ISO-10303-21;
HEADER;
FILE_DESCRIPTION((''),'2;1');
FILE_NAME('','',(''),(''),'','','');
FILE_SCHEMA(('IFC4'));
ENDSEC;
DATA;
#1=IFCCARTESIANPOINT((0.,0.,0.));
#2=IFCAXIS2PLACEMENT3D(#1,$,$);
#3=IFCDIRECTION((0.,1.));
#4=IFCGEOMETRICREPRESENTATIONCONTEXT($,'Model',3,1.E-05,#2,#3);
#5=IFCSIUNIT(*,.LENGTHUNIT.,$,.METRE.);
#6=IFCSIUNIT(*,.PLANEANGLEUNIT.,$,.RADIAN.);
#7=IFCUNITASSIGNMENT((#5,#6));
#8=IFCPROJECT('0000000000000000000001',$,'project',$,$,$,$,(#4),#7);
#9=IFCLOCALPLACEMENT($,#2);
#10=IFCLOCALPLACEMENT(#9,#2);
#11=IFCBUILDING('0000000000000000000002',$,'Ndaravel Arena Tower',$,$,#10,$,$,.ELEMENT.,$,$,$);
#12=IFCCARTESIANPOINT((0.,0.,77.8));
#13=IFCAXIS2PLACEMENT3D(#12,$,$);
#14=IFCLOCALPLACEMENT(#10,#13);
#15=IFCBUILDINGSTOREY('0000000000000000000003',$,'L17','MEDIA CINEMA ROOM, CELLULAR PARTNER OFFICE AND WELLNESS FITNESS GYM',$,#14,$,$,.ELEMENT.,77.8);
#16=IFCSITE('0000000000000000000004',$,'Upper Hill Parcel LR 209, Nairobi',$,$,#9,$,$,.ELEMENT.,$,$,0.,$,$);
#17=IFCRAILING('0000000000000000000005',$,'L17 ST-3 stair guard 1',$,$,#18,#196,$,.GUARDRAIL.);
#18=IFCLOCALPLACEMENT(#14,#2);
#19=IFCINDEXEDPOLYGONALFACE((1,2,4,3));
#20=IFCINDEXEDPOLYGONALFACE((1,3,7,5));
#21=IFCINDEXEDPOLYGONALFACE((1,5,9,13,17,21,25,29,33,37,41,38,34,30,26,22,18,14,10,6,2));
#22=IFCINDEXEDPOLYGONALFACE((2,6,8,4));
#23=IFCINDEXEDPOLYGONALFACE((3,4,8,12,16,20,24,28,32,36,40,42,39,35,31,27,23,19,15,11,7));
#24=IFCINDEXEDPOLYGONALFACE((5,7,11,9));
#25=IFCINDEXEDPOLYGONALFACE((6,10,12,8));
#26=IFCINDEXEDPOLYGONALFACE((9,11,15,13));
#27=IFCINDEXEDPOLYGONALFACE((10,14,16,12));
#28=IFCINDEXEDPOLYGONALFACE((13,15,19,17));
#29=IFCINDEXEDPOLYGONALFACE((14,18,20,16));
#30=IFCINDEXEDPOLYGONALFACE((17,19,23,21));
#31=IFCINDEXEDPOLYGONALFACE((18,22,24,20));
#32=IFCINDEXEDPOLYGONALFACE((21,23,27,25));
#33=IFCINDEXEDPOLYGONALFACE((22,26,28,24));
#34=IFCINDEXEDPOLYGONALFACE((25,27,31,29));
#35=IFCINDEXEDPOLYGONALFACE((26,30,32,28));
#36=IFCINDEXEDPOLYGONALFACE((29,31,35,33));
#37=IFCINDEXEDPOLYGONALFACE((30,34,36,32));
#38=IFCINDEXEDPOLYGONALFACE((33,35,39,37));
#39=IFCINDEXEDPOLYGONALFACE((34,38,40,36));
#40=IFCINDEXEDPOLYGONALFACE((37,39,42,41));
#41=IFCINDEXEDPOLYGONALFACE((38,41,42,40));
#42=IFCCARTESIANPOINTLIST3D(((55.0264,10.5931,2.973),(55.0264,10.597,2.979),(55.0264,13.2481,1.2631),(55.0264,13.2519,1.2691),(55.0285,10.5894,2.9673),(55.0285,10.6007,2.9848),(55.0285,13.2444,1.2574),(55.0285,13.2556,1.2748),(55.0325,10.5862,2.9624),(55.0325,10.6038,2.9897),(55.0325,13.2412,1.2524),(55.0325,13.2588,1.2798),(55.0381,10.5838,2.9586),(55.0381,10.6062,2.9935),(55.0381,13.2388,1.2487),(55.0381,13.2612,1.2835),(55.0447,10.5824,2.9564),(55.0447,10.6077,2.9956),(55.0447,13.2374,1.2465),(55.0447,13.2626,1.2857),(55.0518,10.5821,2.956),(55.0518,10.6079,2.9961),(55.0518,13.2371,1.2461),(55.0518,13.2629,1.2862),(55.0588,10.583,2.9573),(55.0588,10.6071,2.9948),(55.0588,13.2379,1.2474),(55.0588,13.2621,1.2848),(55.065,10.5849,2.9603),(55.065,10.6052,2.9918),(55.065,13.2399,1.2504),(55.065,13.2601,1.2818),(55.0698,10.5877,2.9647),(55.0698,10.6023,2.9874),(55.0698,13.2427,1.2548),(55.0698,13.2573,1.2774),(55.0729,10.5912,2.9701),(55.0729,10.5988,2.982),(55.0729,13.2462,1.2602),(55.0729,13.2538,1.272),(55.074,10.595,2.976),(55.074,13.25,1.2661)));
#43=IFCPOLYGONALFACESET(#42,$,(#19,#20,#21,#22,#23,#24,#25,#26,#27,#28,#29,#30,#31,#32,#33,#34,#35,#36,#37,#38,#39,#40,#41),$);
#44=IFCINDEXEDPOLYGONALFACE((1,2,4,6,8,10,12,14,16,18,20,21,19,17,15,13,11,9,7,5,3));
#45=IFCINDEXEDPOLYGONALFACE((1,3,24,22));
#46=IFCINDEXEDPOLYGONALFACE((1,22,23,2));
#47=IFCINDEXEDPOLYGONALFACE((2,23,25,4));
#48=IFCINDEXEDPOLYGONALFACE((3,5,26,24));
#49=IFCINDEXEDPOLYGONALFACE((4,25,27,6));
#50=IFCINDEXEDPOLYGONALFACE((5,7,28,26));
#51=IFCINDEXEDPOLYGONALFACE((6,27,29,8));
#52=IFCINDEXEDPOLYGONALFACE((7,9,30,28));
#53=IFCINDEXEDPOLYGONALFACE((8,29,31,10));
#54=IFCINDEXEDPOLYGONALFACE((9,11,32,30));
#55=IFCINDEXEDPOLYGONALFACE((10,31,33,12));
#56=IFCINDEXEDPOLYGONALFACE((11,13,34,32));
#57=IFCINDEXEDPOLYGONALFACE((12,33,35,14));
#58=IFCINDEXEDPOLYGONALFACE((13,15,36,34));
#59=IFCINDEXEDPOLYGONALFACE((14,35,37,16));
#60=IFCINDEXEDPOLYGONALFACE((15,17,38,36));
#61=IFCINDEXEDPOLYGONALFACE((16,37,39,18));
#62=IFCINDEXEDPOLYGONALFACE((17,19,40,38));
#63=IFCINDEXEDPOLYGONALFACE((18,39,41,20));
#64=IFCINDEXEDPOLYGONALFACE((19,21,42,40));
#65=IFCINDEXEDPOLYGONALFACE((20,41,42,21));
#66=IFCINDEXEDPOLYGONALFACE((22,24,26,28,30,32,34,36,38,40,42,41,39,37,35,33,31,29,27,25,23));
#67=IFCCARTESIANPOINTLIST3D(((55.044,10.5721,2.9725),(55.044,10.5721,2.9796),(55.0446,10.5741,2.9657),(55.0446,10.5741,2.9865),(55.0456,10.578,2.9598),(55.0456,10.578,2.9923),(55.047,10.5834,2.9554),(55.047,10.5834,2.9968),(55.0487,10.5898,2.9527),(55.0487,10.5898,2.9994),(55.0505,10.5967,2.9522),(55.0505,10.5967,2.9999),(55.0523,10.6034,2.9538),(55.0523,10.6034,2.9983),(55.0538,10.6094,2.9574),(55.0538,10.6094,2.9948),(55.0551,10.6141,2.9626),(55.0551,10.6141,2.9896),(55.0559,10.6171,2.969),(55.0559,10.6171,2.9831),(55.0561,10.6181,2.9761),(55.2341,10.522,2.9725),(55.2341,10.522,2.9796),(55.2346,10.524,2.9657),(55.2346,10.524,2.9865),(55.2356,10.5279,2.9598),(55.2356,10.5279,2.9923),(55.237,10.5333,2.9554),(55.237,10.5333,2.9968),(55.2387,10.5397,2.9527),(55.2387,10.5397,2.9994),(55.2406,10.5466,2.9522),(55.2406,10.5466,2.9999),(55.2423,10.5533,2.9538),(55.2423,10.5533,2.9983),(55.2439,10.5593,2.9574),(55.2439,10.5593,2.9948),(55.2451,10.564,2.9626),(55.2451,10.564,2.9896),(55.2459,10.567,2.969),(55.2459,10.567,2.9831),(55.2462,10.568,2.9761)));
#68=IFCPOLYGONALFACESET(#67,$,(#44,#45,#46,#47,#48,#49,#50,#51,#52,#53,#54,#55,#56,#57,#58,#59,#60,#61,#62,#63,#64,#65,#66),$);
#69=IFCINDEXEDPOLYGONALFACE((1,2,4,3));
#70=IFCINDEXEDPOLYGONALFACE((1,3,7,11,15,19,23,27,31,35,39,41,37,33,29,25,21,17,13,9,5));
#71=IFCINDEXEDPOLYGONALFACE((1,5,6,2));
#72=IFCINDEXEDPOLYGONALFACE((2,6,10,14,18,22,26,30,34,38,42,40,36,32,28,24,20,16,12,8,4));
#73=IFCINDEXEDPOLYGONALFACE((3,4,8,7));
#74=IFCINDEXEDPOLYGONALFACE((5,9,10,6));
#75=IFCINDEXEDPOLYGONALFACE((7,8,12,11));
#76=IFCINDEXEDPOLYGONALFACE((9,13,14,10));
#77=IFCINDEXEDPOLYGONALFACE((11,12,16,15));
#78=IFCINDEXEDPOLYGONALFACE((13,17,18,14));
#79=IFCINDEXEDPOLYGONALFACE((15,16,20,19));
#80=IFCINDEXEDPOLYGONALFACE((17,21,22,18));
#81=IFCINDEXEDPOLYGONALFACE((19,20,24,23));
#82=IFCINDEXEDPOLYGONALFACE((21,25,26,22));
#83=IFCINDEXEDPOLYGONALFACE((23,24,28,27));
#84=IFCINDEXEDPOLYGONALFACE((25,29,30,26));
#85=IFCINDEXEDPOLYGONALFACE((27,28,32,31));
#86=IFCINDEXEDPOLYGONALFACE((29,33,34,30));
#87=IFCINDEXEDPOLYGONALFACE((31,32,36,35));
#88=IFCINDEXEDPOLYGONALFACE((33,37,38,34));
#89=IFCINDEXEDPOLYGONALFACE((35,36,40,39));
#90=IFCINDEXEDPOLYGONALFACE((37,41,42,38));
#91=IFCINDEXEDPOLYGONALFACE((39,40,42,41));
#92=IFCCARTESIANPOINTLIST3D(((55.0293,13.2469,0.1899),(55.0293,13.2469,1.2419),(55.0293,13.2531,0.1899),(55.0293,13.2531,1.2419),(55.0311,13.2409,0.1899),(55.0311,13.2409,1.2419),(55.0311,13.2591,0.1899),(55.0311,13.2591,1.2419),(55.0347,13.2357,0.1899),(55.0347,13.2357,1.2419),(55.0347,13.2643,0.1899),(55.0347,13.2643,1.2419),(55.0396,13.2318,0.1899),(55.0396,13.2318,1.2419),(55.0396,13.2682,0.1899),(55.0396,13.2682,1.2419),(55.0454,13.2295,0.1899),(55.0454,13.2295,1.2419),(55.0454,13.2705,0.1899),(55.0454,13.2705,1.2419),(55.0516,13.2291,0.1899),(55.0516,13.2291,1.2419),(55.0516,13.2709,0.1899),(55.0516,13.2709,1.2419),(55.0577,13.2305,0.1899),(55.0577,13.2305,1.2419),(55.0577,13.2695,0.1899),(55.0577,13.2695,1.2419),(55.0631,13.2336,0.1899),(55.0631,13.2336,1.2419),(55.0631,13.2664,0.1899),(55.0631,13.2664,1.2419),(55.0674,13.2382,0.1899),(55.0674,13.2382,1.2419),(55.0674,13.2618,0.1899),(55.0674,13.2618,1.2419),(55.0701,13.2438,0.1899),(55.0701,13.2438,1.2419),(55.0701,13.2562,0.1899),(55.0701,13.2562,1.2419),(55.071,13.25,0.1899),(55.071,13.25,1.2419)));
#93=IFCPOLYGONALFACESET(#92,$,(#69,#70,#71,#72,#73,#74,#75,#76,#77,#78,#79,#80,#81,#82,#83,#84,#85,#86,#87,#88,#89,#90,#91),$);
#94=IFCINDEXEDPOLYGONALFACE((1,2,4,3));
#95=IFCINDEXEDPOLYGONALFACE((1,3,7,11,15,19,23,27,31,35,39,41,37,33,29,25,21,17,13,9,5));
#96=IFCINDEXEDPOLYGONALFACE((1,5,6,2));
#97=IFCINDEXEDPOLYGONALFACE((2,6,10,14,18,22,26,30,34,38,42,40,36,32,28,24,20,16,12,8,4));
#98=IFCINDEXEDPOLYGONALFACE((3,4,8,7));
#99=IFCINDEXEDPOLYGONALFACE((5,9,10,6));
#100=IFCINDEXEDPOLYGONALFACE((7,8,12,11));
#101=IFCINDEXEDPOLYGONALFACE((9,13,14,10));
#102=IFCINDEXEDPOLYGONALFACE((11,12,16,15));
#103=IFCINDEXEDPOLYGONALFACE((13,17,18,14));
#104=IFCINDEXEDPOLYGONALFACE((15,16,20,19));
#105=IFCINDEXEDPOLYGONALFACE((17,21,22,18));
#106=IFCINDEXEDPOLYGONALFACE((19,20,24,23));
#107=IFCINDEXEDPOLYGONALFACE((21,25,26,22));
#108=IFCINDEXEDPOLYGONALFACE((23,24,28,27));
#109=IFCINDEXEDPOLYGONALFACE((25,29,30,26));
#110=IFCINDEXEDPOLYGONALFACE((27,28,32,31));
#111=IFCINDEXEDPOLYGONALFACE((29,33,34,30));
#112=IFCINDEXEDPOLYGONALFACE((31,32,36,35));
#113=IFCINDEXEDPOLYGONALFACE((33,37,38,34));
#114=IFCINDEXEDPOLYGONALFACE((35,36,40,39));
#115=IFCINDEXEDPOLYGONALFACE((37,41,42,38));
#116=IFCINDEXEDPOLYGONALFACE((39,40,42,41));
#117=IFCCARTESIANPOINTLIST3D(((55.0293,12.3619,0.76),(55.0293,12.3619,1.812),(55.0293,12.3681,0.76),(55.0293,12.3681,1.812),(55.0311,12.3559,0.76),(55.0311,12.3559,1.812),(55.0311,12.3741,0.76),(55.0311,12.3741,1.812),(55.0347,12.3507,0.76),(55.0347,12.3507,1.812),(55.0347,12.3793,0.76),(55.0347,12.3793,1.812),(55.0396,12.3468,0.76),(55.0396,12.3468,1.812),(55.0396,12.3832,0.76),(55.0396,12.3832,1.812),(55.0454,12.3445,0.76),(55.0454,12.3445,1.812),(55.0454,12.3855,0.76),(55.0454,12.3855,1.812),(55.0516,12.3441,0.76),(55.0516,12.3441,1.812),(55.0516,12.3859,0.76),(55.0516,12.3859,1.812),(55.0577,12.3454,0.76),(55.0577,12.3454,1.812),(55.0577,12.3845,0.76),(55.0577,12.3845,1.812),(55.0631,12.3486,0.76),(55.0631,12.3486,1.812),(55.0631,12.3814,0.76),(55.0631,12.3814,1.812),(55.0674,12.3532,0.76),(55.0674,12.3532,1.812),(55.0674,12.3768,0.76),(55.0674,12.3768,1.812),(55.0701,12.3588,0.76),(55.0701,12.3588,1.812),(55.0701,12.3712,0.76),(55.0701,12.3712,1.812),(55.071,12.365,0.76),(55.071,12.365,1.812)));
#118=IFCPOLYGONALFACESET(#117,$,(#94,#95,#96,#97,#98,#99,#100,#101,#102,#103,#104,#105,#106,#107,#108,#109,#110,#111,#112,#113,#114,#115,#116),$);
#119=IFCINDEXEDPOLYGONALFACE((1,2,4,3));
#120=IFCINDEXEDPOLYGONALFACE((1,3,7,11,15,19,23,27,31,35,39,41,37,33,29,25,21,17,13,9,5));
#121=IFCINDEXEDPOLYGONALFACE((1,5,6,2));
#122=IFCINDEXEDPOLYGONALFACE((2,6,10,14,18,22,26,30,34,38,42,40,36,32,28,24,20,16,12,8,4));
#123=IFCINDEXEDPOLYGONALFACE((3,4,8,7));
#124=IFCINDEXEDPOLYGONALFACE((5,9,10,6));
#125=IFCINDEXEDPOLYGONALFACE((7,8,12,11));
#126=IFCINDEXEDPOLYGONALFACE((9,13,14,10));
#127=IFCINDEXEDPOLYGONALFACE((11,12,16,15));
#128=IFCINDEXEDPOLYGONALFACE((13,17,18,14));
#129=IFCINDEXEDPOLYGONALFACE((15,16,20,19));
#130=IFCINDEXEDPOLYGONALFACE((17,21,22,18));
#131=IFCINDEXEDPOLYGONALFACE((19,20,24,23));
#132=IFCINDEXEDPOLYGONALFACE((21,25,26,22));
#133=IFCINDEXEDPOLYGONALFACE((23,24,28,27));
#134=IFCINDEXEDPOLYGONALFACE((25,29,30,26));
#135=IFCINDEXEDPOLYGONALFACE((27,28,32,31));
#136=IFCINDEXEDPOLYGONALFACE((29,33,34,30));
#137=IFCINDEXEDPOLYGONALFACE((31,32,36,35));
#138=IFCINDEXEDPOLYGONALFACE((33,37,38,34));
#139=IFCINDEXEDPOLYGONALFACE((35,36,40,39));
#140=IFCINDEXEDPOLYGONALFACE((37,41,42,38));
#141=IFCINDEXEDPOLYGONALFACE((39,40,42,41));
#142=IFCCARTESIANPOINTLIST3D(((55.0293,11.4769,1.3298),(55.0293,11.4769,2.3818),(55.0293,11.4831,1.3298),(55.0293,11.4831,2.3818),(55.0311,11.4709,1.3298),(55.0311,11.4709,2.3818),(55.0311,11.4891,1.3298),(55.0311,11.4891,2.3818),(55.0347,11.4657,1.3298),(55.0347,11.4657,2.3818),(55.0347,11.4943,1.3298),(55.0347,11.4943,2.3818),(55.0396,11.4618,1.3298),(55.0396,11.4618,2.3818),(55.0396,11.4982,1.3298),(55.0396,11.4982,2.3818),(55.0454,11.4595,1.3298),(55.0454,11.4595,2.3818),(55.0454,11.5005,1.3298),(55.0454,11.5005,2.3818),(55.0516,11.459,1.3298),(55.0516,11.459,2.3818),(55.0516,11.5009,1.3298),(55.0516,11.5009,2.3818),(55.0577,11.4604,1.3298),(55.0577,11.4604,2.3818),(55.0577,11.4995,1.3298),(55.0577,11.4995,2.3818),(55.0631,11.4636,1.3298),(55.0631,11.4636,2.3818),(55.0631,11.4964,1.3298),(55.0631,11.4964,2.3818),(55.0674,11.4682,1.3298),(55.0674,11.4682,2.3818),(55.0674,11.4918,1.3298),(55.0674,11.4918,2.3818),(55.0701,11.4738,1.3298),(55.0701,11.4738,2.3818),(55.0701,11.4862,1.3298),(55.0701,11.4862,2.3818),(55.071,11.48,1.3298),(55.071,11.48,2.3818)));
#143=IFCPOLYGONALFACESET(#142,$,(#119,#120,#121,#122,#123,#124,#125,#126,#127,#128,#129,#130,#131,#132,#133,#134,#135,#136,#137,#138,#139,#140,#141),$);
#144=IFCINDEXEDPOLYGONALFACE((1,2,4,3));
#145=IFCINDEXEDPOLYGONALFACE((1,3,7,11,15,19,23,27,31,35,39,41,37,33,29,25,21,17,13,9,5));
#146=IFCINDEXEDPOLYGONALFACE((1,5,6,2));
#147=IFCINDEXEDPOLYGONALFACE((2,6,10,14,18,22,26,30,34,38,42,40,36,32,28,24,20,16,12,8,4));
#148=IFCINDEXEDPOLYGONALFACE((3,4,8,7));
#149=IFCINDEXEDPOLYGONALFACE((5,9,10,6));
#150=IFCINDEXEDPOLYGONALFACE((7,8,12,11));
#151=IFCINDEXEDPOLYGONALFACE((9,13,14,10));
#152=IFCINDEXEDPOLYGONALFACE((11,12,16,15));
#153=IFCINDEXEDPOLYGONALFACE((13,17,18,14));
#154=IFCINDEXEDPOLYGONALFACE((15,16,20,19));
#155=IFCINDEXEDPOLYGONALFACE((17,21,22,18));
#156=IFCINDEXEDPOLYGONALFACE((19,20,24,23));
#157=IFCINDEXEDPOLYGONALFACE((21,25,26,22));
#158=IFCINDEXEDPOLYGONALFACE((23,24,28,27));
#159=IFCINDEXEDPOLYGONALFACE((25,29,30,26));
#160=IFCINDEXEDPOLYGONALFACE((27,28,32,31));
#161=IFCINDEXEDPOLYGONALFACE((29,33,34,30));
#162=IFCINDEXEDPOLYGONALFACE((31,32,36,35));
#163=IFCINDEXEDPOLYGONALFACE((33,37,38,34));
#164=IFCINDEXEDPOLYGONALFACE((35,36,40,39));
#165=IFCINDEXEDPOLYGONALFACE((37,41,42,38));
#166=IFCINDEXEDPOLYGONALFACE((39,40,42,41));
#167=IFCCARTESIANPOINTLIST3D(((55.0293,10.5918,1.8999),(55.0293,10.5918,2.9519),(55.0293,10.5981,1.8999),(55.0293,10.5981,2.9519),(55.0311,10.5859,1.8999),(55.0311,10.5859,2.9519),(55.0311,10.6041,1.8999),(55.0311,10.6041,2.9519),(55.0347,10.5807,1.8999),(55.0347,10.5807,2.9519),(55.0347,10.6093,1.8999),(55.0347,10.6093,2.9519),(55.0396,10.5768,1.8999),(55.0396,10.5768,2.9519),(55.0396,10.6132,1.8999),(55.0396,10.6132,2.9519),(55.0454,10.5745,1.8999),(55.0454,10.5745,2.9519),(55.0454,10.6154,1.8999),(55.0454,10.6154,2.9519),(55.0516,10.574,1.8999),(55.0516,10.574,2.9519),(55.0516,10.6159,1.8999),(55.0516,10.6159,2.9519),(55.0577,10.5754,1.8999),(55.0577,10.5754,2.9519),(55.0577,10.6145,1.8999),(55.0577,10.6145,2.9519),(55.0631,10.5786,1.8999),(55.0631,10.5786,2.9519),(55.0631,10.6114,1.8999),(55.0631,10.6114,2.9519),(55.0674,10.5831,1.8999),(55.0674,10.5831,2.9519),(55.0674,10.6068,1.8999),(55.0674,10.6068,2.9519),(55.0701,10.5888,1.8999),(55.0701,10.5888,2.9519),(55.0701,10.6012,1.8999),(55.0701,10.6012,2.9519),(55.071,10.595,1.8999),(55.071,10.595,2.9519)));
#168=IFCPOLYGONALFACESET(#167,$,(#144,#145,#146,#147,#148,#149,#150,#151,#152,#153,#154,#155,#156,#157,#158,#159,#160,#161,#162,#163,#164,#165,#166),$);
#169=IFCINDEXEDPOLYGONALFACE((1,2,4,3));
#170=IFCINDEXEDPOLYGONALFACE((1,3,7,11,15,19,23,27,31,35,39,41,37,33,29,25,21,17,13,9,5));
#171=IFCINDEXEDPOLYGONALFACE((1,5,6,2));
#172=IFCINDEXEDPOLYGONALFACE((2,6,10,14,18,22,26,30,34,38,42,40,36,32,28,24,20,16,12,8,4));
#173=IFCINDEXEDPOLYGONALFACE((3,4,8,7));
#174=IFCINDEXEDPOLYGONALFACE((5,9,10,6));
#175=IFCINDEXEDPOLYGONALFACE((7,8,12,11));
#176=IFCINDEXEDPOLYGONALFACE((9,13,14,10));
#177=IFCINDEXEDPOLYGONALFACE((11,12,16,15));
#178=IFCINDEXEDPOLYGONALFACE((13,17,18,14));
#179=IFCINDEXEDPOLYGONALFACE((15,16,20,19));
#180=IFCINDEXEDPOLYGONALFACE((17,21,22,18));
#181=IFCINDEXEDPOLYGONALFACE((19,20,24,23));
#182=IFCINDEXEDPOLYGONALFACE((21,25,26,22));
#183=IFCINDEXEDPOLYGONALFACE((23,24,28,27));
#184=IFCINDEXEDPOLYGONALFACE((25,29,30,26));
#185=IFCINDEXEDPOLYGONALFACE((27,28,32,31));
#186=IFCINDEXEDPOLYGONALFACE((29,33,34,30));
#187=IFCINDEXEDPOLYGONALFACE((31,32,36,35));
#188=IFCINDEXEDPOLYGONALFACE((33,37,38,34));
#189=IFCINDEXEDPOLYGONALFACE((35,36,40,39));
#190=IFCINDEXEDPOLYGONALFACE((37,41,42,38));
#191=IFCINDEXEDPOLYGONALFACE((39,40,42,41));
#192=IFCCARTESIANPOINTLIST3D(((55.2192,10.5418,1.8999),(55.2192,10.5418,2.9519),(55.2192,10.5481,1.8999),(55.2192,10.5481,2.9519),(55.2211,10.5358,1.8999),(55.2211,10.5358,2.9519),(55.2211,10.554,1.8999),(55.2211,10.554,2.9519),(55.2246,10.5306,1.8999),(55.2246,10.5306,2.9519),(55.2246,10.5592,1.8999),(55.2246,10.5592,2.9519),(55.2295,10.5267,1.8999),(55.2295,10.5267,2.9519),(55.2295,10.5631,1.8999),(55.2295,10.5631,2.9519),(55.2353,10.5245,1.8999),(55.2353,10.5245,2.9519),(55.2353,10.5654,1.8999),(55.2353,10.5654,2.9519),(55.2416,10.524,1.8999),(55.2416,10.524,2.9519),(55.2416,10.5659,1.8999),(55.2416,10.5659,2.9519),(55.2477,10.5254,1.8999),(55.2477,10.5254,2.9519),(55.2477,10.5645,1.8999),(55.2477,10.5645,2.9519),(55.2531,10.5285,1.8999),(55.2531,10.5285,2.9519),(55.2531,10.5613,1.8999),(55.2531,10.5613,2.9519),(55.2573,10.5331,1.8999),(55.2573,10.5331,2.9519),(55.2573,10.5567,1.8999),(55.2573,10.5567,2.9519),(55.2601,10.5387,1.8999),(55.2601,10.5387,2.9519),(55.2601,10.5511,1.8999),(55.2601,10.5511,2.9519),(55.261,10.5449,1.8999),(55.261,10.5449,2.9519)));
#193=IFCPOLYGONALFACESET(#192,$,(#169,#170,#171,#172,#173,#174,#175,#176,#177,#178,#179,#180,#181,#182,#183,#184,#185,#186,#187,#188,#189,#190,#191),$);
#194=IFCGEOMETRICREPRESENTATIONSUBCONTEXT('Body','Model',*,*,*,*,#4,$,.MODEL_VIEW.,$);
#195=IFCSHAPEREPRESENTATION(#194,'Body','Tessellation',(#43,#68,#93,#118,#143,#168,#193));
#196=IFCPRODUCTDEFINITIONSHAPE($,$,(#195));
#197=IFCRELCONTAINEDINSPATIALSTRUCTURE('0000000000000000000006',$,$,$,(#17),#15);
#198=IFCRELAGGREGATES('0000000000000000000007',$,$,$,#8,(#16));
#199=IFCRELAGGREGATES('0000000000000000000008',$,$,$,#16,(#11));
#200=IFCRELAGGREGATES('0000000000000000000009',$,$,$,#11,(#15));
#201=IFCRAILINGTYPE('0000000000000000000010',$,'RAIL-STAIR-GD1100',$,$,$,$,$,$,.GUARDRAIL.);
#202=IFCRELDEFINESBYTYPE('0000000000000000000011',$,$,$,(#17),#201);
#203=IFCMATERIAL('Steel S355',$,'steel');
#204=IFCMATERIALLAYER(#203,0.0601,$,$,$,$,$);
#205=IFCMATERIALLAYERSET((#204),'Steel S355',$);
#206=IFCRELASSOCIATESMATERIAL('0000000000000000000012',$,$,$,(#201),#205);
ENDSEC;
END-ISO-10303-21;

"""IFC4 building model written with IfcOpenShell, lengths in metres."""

from ifc_helpers import new_model, si_unit, direction, frame, origin, origin_2d, place, context, subcontext, project, spatial, circle, extrude, material, layer, layer_set, type_object, element, save


model = new_model("IFC4")

# Units and contexts
model_context = context("Model", 3, precision=1e-05, world=origin(), true_north=direction((0.0, 1.0)))
body_context = subcontext(model_context, "Body", "Model", "MODEL_VIEW")
ifc_project = project(units=[si_unit("LENGTHUNIT", "METRE"), si_unit("PLANEANGLEUNIT", "RADIAN")], contexts=[model_context])

# Site, building, storey
site_placement = place(None, origin())
site = spatial("IfcSite", under=ifc_project, at=site_placement, Name="Upper Hill Parcel LR 209, Nairobi", CompositionType="ELEMENT", RefElevation=0.0)
building_placement = place(site_placement, origin())
building = spatial("IfcBuilding", under=site, at=building_placement, Name="Ndaravel Arena Tower", CompositionType="ELEMENT")
storey_placement = place(building_placement, frame((0.0, 0.0, 77.8)))
storey = spatial("IfcBuildingStorey", under=building, at=storey_placement, Name="L17", Description="MEDIA CINEMA ROOM, CELLULAR PARTNER OFFICE AND WELLNESS FITNESS GYM", CompositionType="ELEMENT", Elevation=77.8)

# Railing
ifc_material_1 = material(Name="Steel S355", Category="steel")
ifc_layer_1 = layer(ifc_material_1, 0.0601)
ifc_layer_set_1 = layer_set([ifc_layer_1], Name="Steel S355")
railing_type_1 = type_object("IfcRailingType", Name="RAIL-STAIR-GD1100", PredefinedType="GUARDRAIL", material=ifc_layer_set_1)
railing_1_placement = place(storey_placement, frame((55.05, 13.25, 0.1899)))
element("IfcRailing", 1, at=railing_1_placement, inside=storey, type_object=railing_type_1, Name="L17 ST-3 stair guard 1", PredefinedType="GUARDRAIL", context=body_context, shape_type="SweptSolid", body=[
    extrude(circle(Radius=0.0239, at=origin_2d()), frame((0.0, 0.0, 1.0762), z_axis=(0.0, -0.840724, 0.541465), x_axis=(1.0, 0.0, 0.0)), (0.0, 0.0, 1.0), 3.158),
    extrude(circle(Radius=0.0239, at=origin_2d()), frame((0.0, -2.655, 2.7861), z_axis=(0.966994, -0.254799, 0.0), x_axis=(0.254799, 0.966994, 0.0)), (0.0, 0.0, 1.0), 0.1965),
    extrude(circle(Radius=0.021, at=origin_2d()), origin(), (0.0, 0.0, 1.0), 1.052),
    extrude(circle(Radius=0.021, at=origin_2d()), frame((0.0, -0.885, 0.5701)), (0.0, 0.0, 1.0), 1.052),
    extrude(circle(Radius=0.021, at=origin_2d()), frame((0.0, -1.77, 1.1399)), (0.0, 0.0, 1.0), 1.052),
    extrude(circle(Radius=0.021, at=origin_2d()), frame((0.0, -2.655, 1.71)), (0.0, 0.0, 1.0), 1.052),
    extrude(circle(Radius=0.021, at=origin_2d()), frame((0.1899, -2.7051, 1.71)), (0.0, 0.0, 1.0), 1.052),
])

save(model, "model.ifc")
